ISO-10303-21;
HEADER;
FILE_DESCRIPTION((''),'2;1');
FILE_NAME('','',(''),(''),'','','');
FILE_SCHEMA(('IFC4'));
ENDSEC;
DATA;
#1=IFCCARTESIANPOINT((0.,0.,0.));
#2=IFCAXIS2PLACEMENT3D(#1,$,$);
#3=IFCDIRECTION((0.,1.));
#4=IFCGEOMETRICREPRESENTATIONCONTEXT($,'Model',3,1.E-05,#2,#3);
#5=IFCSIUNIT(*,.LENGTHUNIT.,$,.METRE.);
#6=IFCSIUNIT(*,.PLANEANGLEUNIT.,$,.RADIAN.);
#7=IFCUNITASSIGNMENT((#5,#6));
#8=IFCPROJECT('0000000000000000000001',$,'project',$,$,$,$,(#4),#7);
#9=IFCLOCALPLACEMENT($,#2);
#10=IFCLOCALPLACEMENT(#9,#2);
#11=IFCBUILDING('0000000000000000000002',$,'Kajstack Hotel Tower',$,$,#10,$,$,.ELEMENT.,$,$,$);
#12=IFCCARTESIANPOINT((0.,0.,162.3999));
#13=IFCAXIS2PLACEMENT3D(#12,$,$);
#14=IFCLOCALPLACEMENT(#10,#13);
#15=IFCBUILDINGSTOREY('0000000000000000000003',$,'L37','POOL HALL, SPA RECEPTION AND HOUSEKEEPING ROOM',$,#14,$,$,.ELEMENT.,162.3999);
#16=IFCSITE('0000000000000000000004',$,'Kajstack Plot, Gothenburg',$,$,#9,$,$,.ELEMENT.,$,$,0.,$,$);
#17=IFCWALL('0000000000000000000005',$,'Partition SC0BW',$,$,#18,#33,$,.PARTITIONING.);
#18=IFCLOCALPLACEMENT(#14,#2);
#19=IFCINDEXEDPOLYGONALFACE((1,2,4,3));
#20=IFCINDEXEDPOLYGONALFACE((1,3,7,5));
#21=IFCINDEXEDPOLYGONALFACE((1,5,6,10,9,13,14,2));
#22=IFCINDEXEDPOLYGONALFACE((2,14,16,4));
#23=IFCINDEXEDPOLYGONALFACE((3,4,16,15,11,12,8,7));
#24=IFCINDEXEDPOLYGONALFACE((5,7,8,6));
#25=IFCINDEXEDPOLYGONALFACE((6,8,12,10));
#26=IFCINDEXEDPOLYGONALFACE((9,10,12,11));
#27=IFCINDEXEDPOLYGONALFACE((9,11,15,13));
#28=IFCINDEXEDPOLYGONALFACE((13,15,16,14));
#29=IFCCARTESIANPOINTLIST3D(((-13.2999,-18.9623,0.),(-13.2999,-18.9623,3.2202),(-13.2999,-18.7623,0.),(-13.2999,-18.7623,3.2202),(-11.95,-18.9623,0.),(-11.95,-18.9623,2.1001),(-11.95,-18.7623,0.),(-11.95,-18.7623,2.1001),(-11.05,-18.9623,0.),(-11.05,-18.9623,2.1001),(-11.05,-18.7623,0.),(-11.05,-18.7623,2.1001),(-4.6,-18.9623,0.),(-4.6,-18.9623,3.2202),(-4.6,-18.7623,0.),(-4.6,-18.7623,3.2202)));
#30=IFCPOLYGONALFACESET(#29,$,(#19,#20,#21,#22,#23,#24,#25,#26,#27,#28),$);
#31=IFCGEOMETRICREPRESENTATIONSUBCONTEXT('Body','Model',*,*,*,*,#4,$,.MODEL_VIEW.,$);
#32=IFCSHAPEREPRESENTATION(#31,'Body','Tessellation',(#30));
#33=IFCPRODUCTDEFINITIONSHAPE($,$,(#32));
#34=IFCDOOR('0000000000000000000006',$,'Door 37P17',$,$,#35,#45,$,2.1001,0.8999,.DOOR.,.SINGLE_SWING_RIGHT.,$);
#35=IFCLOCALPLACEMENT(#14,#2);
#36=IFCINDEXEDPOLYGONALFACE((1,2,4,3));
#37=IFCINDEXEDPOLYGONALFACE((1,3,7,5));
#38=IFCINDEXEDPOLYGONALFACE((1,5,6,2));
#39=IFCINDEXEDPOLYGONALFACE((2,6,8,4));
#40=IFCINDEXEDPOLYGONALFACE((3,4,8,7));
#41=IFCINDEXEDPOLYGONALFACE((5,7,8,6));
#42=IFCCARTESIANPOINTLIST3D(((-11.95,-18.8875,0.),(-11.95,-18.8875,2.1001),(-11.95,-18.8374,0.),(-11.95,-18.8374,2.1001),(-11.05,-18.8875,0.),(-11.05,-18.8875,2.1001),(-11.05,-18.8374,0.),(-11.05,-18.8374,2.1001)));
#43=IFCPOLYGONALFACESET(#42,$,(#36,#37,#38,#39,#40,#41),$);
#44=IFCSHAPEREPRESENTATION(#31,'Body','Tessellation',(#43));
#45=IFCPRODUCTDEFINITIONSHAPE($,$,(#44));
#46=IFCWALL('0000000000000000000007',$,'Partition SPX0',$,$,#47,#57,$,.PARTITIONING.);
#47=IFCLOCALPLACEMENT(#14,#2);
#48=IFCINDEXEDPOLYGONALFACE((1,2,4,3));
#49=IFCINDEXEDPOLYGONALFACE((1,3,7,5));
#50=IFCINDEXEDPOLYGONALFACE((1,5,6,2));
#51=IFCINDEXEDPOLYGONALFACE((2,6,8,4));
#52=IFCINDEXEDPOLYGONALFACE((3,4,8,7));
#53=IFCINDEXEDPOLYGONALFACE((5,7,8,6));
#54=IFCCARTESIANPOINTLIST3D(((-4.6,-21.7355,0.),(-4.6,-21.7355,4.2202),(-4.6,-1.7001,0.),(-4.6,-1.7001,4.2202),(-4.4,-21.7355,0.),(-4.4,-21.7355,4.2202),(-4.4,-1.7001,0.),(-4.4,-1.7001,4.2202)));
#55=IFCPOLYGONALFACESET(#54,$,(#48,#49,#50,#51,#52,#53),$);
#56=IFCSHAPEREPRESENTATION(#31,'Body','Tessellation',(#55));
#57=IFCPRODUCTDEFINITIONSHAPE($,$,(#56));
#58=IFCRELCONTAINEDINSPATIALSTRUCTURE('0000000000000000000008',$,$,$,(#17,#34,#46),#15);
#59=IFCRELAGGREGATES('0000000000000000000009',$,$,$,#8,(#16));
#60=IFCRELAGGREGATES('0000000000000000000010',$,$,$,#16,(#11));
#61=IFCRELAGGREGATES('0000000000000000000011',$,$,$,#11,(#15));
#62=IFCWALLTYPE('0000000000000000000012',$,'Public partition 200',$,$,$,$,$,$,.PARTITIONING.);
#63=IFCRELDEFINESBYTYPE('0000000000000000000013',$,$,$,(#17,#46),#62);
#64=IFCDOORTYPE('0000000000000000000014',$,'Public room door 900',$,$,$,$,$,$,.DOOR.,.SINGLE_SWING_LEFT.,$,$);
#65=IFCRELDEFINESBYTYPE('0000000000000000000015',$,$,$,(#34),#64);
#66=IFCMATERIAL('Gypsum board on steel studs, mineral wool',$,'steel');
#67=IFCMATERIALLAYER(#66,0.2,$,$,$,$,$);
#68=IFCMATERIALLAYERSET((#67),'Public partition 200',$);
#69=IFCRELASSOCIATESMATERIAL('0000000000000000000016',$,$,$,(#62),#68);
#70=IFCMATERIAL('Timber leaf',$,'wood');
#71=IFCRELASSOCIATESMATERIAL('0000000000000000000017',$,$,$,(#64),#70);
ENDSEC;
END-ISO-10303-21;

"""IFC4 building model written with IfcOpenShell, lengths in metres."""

from ifc_helpers import new_model, si_unit, direction, frame, frame_2d, origin, place, context, subcontext, project, spatial, rectangle, extrude, material, layer, layer_set, type_object, element, fill, save


model = new_model("IFC4")

# Units and contexts
model_context = context("Model", 3, precision=1e-05, world=origin(), true_north=direction((0.0, 1.0)))
body_context = subcontext(model_context, "Body", "Model", "MODEL_VIEW")
ifc_project = project(units=[si_unit("LENGTHUNIT", "METRE"), si_unit("PLANEANGLEUNIT", "RADIAN")], contexts=[model_context])

# Site, building, storey
site_placement = place(None, origin())
site = spatial("IfcSite", under=ifc_project, at=site_placement, Name="Kajstack Plot, Gothenburg", CompositionType="ELEMENT", RefElevation=0.0)
building_placement = place(site_placement, origin())
building = spatial("IfcBuilding", under=site, at=building_placement, Name="Kajstack Hotel Tower", CompositionType="ELEMENT")
storey_placement = place(building_placement, frame((0.0, 0.0, 162.3999)))
storey = spatial("IfcBuildingStorey", under=building, at=storey_placement, Name="L37", Description="POOL HALL, SPA RECEPTION AND HOUSEKEEPING ROOM", CompositionType="ELEMENT", Elevation=162.3999)

# Shared definitions
ifc_material_1 = material(Name="Gypsum board on steel studs, mineral wool", Category="steel")
ifc_layer_1 = layer(ifc_material_1, 0.2)
ifc_layer_set_1 = layer_set([ifc_layer_1], Name="Public partition 200")
wall_type_1 = type_object("IfcWallType", Name="Public partition 200", PredefinedType="PARTITIONING", material=ifc_layer_set_1)
ifc_material_2 = material(Name="Timber leaf", Category="wood")
door_type = type_object("IfcDoorType", Name="Public room door 900", OperationType="SINGLE_SWING_LEFT", PredefinedType="DOOR", material=ifc_material_2)

# Wall, opening, door
wall_1_placement = place(storey_placement, frame((-13.3, -18.8623, 0.0), z_axis=(0.0, 0.0, 1.0), x_axis=(1.0, 0.0, 0.0)))
wall_1 = element("IfcWall", 1, at=wall_1_placement, inside=storey, type_object=wall_type_1, Name="Partition SC0BW", PredefinedType="PARTITIONING", context=body_context, shape_type="SweptSolid", body=[
    extrude(rectangle(XDim=8.7, YDim=0.2, at=frame_2d((4.3501, 0.0))), origin(), (0.0, 0.0, 1.0), 3.2202),
])
opening_1_placement = place(wall_1_placement, frame((1.3501, 0.0, 0.0)))
opening_1 = element("IfcOpeningElement", 2, at=opening_1_placement, cuts=wall_1, PredefinedType="OPENING", context=body_context, shape_type="SweptSolid", body=[
    extrude(rectangle(XDim=0.8999, YDim=2.1001, at=frame_2d((0.45, 1.05))), frame((0.0, 0.1099, 0.0), z_axis=(0.0, -1.0, 0.0), x_axis=(1.0, 0.0, 0.0)), (0.0, 0.0, 1.0), 0.22),
])
door_1_placement = place(opening_1_placement, origin())
door_1 = element("IfcDoor", 3, at=door_1_placement, inside=storey, type_object=door_type, Name="Door 37P17", OperationType="SINGLE_SWING_RIGHT", OverallHeight=2.1001, OverallWidth=0.8999, PredefinedType="DOOR", context=body_context, shape_type="SweptSolid", body=[
    extrude(rectangle(XDim=0.8999, YDim=2.1001, at=frame_2d((0.45, 1.05))), frame((0.0, 0.0249, 0.0), z_axis=(0.0, -1.0, 0.0), x_axis=(1.0, 0.0, 0.0)), (0.0, 0.0, 1.0), 0.05),
])
fill(opening_1, door_1)

# Wall
wall_2_placement = place(storey_placement, frame((-4.5, -21.7354, 0.0), z_axis=(0.0, 0.0, 1.0), x_axis=(0.0, 1.0, 0.0)))
element("IfcWall", 4, at=wall_2_placement, inside=storey, type_object=wall_type_1, Name="Partition SPX0", PredefinedType="PARTITIONING", context=body_context, shape_type="SweptSolid", body=[
    extrude(rectangle(XDim=20.0354, YDim=0.2, at=frame_2d((10.0176, 0.0))), origin(), (0.0, 0.0, 1.0), 4.2202),
])

save(model, "model.ifc")
